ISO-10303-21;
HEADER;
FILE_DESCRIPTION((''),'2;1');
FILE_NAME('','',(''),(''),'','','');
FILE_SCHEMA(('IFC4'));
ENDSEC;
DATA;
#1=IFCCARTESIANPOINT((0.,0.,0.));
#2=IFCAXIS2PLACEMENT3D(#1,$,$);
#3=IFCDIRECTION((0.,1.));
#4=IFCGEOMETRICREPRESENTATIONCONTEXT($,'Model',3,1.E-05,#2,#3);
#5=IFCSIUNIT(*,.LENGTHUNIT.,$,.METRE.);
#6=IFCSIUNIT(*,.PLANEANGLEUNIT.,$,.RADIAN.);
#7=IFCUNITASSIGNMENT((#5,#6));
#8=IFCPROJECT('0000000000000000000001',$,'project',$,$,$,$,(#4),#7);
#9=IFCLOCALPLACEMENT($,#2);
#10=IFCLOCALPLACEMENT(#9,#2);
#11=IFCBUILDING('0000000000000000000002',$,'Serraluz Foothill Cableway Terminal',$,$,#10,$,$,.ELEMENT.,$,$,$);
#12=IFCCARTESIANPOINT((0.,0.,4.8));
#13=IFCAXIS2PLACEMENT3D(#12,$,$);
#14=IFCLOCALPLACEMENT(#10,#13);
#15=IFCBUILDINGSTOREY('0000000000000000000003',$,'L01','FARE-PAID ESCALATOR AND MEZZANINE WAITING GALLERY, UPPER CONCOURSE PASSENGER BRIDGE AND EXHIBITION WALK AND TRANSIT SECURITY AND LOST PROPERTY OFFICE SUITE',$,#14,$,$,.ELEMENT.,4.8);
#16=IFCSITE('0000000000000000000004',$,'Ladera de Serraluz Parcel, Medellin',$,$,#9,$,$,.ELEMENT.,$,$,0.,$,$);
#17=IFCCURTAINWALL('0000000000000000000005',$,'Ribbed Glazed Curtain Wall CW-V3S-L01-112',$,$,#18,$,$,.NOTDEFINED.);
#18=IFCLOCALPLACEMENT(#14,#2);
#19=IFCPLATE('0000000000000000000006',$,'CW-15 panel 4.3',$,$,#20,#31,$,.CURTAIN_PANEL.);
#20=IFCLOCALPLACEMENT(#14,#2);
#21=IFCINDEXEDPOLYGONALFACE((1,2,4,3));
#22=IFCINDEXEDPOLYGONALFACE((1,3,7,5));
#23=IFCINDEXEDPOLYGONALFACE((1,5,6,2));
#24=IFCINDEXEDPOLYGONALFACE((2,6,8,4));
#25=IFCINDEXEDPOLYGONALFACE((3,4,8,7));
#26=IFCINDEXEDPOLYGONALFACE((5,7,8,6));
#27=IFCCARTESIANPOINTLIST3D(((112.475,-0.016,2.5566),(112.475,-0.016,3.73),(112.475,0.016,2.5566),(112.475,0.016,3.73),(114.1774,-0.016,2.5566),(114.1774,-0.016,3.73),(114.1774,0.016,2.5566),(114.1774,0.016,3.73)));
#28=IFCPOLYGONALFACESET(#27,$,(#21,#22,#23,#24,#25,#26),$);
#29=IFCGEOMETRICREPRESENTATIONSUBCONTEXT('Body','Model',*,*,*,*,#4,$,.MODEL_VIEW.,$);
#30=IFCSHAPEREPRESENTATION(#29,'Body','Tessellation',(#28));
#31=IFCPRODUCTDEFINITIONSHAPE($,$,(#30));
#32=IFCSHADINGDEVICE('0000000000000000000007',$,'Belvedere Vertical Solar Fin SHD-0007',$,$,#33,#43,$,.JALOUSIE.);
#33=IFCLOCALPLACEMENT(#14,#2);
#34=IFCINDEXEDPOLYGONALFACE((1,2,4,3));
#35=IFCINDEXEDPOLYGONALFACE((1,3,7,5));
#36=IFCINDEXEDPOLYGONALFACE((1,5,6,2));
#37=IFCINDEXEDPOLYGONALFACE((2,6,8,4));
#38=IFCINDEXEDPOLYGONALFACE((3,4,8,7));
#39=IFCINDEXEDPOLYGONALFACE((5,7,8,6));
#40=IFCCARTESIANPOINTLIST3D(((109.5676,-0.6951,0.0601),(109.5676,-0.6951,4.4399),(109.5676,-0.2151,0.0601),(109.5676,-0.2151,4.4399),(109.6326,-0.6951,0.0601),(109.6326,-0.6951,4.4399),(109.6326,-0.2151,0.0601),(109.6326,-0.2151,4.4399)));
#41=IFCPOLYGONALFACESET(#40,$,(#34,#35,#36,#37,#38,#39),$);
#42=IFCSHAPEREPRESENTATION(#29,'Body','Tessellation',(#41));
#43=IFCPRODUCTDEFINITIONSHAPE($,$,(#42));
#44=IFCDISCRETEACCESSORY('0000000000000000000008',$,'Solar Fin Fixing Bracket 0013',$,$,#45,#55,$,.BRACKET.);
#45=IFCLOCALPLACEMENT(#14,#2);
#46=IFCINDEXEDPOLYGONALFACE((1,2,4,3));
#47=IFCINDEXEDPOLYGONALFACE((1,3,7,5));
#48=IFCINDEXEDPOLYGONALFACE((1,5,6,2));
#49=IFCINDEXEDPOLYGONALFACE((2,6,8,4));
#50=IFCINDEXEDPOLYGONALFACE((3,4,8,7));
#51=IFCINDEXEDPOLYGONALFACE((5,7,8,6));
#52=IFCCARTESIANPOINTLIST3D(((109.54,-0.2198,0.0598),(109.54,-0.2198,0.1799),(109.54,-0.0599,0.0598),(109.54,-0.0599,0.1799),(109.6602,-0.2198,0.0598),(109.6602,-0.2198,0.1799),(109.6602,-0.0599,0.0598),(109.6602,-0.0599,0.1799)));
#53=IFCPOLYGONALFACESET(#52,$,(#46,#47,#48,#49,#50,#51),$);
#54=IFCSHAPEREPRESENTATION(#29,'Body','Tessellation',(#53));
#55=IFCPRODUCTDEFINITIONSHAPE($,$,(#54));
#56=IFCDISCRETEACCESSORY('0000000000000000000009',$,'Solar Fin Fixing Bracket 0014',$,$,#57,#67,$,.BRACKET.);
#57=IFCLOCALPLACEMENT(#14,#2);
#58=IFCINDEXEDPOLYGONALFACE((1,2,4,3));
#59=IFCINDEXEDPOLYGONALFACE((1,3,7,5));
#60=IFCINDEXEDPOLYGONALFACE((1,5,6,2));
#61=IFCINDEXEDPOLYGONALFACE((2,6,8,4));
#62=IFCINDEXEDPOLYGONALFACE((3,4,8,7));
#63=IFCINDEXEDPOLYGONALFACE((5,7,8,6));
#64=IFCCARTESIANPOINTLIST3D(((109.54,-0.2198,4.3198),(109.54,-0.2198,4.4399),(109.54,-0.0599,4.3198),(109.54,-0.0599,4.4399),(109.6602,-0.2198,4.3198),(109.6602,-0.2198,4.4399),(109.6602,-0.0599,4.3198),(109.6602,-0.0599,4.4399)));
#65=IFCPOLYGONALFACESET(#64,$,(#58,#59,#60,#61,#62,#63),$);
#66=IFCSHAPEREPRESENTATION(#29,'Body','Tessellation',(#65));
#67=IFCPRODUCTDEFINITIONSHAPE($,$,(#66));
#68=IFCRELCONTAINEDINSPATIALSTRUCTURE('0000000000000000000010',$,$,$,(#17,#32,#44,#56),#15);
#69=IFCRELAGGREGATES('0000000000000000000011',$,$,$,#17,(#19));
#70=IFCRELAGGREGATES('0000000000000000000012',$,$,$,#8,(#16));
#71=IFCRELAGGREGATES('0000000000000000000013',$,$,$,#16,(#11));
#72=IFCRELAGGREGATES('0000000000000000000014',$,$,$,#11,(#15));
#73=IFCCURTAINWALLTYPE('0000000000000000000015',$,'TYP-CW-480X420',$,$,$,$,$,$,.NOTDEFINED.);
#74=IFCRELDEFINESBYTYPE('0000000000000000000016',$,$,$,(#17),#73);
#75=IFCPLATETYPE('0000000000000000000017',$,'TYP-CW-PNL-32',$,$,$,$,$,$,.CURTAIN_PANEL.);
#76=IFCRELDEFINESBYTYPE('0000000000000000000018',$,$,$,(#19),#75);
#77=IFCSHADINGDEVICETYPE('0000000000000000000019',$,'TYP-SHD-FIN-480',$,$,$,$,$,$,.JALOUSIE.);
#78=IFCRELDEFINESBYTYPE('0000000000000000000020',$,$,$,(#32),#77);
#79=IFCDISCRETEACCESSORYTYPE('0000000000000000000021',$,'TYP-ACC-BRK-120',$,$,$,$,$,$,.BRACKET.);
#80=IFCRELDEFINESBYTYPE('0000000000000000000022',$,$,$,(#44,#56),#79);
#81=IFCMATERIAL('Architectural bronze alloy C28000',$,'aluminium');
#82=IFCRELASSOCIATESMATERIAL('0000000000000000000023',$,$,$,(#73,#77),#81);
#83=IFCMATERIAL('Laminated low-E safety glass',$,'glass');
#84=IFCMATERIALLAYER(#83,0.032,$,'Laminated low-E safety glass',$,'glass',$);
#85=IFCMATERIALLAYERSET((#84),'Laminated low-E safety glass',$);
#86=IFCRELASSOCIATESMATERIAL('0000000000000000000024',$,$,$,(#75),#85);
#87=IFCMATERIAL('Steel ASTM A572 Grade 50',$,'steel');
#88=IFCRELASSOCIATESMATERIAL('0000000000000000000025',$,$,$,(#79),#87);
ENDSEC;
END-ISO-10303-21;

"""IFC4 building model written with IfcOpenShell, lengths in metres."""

from ifc_helpers import new_model, si_unit, direction, frame, origin, origin_2d, place, context, subcontext, project, spatial, rectangle, extrude, material, layer, layer_set, type_object, element, aggregate, save


model = new_model("IFC4")

# Units and contexts
model_context = context("Model", 3, precision=1e-05, world=origin(), true_north=direction((0.0, 1.0)))
body_context = subcontext(model_context, "Body", "Model", "MODEL_VIEW")
ifc_project = project(units=[si_unit("LENGTHUNIT", "METRE"), si_unit("PLANEANGLEUNIT", "RADIAN")], contexts=[model_context])

# Site, building, storey
site_placement = place(None, origin())
site = spatial("IfcSite", under=ifc_project, at=site_placement, Name="Ladera de Serraluz Parcel, Medellin", CompositionType="ELEMENT", RefElevation=0.0)
building_placement = place(site_placement, origin())
building = spatial("IfcBuilding", under=site, at=building_placement, Name="Serraluz Foothill Cableway Terminal", CompositionType="ELEMENT")
storey_placement = place(building_placement, frame((0.0, 0.0, 4.8)))
storey = spatial("IfcBuildingStorey", under=building, at=storey_placement, Name="L01", Description="FARE-PAID ESCALATOR AND MEZZANINE WAITING GALLERY, UPPER CONCOURSE PASSENGER BRIDGE AND EXHIBITION WALK AND TRANSIT SECURITY AND LOST PROPERTY OFFICE SUITE", CompositionType="ELEMENT", Elevation=4.8)

# Curtain wall
ifc_material_1 = material(Name="Architectural bronze alloy C28000", Category="aluminium")
curtain_wall_type_1 = type_object("IfcCurtainWallType", Name="TYP-CW-480X420", PredefinedType="NOTDEFINED", material=ifc_material_1)
curtain_wall_1_placement = place(storey_placement, origin())
curtain_wall_1 = element("IfcCurtainWall", 1, at=curtain_wall_1_placement, inside=storey, type_object=curtain_wall_type_1, Name="Ribbed Glazed Curtain Wall CW-V3S-L01-112", PredefinedType="NOTDEFINED")

# Plate
ifc_material_2 = material(Name="Laminated low-E safety glass", Category="glass")
ifc_layer = layer(ifc_material_2, 0.032, Name="Laminated low-E safety glass", Category="glass")
ifc_layer_set = layer_set([ifc_layer], Name="Laminated low-E safety glass")
plate_type = type_object("IfcPlateType", Name="TYP-CW-PNL-32", PredefinedType="CURTAIN_PANEL", material=ifc_layer_set)
plate_1_placement = place(storey_placement, frame((113.3262, 0.0, 2.5566), z_axis=(0.0, 0.0, 1.0), x_axis=(-1.0, 0.0, 0.0)))
plate_1 = element("IfcPlate", 2, at=plate_1_placement, type_object=plate_type, Name="CW-15 panel 4.3", PredefinedType="CURTAIN_PANEL", context=body_context, shape_type="SweptSolid", body=[
    extrude(rectangle(XDim=1.7024, YDim=0.032, at=origin_2d()), origin(), (0.0, 0.0, 1.0), 1.1733),
])
aggregate(curtain_wall_1, [plate_1])

# Shading device
shading_device_type = type_object("IfcShadingDeviceType", Name="TYP-SHD-FIN-480", PredefinedType="JALOUSIE", material=ifc_material_1)
shading_device_placement = place(storey_placement, frame((109.6001, -0.4551, 0.0601), z_axis=(0.0, 0.0, 1.0), x_axis=(1.0, 0.0, 0.0)))
element("IfcShadingDevice", 3, at=shading_device_placement, inside=storey, type_object=shading_device_type, Name="Belvedere Vertical Solar Fin SHD-0007", PredefinedType="JALOUSIE", context=body_context, shape_type="SweptSolid", body=[
    extrude(rectangle(XDim=0.0649, YDim=0.48, at=origin_2d()), origin(), (0.0, 0.0, 1.0), 4.3799),
])

# Discrete accessories
ifc_material_3 = material(Name="Steel ASTM A572 Grade 50", Category="steel")
discrete_accessory_type = type_object("IfcDiscreteAccessoryType", Name="TYP-ACC-BRK-120", PredefinedType="BRACKET", material=ifc_material_3)
for number, where, z_axis, x_axis, name in (
    (4, (109.6001, -0.1399, 0.0598), (0.0, 0.0, 1.0), (1.0, 0.0, 0.0), "Solar Fin Fixing Bracket 0013"),
    (5, (109.6001, -0.1399, 4.3198), (0.0, 0.0, 1.0), (1.0, 0.0, 0.0), "Solar Fin Fixing Bracket 0014"),
):
    element("IfcDiscreteAccessory", number, at=place(storey_placement, frame(where, z_axis=z_axis, x_axis=x_axis)), inside=storey, type_object=discrete_accessory_type, Name=name, PredefinedType="BRACKET", context=body_context, shape_type="SweptSolid", body=[
        extrude(rectangle(XDim=0.1201, YDim=0.1599, at=origin_2d()), origin(), (0.0, 0.0, 1.0), 0.1201),
    ])

save(model, "model.ifc")
